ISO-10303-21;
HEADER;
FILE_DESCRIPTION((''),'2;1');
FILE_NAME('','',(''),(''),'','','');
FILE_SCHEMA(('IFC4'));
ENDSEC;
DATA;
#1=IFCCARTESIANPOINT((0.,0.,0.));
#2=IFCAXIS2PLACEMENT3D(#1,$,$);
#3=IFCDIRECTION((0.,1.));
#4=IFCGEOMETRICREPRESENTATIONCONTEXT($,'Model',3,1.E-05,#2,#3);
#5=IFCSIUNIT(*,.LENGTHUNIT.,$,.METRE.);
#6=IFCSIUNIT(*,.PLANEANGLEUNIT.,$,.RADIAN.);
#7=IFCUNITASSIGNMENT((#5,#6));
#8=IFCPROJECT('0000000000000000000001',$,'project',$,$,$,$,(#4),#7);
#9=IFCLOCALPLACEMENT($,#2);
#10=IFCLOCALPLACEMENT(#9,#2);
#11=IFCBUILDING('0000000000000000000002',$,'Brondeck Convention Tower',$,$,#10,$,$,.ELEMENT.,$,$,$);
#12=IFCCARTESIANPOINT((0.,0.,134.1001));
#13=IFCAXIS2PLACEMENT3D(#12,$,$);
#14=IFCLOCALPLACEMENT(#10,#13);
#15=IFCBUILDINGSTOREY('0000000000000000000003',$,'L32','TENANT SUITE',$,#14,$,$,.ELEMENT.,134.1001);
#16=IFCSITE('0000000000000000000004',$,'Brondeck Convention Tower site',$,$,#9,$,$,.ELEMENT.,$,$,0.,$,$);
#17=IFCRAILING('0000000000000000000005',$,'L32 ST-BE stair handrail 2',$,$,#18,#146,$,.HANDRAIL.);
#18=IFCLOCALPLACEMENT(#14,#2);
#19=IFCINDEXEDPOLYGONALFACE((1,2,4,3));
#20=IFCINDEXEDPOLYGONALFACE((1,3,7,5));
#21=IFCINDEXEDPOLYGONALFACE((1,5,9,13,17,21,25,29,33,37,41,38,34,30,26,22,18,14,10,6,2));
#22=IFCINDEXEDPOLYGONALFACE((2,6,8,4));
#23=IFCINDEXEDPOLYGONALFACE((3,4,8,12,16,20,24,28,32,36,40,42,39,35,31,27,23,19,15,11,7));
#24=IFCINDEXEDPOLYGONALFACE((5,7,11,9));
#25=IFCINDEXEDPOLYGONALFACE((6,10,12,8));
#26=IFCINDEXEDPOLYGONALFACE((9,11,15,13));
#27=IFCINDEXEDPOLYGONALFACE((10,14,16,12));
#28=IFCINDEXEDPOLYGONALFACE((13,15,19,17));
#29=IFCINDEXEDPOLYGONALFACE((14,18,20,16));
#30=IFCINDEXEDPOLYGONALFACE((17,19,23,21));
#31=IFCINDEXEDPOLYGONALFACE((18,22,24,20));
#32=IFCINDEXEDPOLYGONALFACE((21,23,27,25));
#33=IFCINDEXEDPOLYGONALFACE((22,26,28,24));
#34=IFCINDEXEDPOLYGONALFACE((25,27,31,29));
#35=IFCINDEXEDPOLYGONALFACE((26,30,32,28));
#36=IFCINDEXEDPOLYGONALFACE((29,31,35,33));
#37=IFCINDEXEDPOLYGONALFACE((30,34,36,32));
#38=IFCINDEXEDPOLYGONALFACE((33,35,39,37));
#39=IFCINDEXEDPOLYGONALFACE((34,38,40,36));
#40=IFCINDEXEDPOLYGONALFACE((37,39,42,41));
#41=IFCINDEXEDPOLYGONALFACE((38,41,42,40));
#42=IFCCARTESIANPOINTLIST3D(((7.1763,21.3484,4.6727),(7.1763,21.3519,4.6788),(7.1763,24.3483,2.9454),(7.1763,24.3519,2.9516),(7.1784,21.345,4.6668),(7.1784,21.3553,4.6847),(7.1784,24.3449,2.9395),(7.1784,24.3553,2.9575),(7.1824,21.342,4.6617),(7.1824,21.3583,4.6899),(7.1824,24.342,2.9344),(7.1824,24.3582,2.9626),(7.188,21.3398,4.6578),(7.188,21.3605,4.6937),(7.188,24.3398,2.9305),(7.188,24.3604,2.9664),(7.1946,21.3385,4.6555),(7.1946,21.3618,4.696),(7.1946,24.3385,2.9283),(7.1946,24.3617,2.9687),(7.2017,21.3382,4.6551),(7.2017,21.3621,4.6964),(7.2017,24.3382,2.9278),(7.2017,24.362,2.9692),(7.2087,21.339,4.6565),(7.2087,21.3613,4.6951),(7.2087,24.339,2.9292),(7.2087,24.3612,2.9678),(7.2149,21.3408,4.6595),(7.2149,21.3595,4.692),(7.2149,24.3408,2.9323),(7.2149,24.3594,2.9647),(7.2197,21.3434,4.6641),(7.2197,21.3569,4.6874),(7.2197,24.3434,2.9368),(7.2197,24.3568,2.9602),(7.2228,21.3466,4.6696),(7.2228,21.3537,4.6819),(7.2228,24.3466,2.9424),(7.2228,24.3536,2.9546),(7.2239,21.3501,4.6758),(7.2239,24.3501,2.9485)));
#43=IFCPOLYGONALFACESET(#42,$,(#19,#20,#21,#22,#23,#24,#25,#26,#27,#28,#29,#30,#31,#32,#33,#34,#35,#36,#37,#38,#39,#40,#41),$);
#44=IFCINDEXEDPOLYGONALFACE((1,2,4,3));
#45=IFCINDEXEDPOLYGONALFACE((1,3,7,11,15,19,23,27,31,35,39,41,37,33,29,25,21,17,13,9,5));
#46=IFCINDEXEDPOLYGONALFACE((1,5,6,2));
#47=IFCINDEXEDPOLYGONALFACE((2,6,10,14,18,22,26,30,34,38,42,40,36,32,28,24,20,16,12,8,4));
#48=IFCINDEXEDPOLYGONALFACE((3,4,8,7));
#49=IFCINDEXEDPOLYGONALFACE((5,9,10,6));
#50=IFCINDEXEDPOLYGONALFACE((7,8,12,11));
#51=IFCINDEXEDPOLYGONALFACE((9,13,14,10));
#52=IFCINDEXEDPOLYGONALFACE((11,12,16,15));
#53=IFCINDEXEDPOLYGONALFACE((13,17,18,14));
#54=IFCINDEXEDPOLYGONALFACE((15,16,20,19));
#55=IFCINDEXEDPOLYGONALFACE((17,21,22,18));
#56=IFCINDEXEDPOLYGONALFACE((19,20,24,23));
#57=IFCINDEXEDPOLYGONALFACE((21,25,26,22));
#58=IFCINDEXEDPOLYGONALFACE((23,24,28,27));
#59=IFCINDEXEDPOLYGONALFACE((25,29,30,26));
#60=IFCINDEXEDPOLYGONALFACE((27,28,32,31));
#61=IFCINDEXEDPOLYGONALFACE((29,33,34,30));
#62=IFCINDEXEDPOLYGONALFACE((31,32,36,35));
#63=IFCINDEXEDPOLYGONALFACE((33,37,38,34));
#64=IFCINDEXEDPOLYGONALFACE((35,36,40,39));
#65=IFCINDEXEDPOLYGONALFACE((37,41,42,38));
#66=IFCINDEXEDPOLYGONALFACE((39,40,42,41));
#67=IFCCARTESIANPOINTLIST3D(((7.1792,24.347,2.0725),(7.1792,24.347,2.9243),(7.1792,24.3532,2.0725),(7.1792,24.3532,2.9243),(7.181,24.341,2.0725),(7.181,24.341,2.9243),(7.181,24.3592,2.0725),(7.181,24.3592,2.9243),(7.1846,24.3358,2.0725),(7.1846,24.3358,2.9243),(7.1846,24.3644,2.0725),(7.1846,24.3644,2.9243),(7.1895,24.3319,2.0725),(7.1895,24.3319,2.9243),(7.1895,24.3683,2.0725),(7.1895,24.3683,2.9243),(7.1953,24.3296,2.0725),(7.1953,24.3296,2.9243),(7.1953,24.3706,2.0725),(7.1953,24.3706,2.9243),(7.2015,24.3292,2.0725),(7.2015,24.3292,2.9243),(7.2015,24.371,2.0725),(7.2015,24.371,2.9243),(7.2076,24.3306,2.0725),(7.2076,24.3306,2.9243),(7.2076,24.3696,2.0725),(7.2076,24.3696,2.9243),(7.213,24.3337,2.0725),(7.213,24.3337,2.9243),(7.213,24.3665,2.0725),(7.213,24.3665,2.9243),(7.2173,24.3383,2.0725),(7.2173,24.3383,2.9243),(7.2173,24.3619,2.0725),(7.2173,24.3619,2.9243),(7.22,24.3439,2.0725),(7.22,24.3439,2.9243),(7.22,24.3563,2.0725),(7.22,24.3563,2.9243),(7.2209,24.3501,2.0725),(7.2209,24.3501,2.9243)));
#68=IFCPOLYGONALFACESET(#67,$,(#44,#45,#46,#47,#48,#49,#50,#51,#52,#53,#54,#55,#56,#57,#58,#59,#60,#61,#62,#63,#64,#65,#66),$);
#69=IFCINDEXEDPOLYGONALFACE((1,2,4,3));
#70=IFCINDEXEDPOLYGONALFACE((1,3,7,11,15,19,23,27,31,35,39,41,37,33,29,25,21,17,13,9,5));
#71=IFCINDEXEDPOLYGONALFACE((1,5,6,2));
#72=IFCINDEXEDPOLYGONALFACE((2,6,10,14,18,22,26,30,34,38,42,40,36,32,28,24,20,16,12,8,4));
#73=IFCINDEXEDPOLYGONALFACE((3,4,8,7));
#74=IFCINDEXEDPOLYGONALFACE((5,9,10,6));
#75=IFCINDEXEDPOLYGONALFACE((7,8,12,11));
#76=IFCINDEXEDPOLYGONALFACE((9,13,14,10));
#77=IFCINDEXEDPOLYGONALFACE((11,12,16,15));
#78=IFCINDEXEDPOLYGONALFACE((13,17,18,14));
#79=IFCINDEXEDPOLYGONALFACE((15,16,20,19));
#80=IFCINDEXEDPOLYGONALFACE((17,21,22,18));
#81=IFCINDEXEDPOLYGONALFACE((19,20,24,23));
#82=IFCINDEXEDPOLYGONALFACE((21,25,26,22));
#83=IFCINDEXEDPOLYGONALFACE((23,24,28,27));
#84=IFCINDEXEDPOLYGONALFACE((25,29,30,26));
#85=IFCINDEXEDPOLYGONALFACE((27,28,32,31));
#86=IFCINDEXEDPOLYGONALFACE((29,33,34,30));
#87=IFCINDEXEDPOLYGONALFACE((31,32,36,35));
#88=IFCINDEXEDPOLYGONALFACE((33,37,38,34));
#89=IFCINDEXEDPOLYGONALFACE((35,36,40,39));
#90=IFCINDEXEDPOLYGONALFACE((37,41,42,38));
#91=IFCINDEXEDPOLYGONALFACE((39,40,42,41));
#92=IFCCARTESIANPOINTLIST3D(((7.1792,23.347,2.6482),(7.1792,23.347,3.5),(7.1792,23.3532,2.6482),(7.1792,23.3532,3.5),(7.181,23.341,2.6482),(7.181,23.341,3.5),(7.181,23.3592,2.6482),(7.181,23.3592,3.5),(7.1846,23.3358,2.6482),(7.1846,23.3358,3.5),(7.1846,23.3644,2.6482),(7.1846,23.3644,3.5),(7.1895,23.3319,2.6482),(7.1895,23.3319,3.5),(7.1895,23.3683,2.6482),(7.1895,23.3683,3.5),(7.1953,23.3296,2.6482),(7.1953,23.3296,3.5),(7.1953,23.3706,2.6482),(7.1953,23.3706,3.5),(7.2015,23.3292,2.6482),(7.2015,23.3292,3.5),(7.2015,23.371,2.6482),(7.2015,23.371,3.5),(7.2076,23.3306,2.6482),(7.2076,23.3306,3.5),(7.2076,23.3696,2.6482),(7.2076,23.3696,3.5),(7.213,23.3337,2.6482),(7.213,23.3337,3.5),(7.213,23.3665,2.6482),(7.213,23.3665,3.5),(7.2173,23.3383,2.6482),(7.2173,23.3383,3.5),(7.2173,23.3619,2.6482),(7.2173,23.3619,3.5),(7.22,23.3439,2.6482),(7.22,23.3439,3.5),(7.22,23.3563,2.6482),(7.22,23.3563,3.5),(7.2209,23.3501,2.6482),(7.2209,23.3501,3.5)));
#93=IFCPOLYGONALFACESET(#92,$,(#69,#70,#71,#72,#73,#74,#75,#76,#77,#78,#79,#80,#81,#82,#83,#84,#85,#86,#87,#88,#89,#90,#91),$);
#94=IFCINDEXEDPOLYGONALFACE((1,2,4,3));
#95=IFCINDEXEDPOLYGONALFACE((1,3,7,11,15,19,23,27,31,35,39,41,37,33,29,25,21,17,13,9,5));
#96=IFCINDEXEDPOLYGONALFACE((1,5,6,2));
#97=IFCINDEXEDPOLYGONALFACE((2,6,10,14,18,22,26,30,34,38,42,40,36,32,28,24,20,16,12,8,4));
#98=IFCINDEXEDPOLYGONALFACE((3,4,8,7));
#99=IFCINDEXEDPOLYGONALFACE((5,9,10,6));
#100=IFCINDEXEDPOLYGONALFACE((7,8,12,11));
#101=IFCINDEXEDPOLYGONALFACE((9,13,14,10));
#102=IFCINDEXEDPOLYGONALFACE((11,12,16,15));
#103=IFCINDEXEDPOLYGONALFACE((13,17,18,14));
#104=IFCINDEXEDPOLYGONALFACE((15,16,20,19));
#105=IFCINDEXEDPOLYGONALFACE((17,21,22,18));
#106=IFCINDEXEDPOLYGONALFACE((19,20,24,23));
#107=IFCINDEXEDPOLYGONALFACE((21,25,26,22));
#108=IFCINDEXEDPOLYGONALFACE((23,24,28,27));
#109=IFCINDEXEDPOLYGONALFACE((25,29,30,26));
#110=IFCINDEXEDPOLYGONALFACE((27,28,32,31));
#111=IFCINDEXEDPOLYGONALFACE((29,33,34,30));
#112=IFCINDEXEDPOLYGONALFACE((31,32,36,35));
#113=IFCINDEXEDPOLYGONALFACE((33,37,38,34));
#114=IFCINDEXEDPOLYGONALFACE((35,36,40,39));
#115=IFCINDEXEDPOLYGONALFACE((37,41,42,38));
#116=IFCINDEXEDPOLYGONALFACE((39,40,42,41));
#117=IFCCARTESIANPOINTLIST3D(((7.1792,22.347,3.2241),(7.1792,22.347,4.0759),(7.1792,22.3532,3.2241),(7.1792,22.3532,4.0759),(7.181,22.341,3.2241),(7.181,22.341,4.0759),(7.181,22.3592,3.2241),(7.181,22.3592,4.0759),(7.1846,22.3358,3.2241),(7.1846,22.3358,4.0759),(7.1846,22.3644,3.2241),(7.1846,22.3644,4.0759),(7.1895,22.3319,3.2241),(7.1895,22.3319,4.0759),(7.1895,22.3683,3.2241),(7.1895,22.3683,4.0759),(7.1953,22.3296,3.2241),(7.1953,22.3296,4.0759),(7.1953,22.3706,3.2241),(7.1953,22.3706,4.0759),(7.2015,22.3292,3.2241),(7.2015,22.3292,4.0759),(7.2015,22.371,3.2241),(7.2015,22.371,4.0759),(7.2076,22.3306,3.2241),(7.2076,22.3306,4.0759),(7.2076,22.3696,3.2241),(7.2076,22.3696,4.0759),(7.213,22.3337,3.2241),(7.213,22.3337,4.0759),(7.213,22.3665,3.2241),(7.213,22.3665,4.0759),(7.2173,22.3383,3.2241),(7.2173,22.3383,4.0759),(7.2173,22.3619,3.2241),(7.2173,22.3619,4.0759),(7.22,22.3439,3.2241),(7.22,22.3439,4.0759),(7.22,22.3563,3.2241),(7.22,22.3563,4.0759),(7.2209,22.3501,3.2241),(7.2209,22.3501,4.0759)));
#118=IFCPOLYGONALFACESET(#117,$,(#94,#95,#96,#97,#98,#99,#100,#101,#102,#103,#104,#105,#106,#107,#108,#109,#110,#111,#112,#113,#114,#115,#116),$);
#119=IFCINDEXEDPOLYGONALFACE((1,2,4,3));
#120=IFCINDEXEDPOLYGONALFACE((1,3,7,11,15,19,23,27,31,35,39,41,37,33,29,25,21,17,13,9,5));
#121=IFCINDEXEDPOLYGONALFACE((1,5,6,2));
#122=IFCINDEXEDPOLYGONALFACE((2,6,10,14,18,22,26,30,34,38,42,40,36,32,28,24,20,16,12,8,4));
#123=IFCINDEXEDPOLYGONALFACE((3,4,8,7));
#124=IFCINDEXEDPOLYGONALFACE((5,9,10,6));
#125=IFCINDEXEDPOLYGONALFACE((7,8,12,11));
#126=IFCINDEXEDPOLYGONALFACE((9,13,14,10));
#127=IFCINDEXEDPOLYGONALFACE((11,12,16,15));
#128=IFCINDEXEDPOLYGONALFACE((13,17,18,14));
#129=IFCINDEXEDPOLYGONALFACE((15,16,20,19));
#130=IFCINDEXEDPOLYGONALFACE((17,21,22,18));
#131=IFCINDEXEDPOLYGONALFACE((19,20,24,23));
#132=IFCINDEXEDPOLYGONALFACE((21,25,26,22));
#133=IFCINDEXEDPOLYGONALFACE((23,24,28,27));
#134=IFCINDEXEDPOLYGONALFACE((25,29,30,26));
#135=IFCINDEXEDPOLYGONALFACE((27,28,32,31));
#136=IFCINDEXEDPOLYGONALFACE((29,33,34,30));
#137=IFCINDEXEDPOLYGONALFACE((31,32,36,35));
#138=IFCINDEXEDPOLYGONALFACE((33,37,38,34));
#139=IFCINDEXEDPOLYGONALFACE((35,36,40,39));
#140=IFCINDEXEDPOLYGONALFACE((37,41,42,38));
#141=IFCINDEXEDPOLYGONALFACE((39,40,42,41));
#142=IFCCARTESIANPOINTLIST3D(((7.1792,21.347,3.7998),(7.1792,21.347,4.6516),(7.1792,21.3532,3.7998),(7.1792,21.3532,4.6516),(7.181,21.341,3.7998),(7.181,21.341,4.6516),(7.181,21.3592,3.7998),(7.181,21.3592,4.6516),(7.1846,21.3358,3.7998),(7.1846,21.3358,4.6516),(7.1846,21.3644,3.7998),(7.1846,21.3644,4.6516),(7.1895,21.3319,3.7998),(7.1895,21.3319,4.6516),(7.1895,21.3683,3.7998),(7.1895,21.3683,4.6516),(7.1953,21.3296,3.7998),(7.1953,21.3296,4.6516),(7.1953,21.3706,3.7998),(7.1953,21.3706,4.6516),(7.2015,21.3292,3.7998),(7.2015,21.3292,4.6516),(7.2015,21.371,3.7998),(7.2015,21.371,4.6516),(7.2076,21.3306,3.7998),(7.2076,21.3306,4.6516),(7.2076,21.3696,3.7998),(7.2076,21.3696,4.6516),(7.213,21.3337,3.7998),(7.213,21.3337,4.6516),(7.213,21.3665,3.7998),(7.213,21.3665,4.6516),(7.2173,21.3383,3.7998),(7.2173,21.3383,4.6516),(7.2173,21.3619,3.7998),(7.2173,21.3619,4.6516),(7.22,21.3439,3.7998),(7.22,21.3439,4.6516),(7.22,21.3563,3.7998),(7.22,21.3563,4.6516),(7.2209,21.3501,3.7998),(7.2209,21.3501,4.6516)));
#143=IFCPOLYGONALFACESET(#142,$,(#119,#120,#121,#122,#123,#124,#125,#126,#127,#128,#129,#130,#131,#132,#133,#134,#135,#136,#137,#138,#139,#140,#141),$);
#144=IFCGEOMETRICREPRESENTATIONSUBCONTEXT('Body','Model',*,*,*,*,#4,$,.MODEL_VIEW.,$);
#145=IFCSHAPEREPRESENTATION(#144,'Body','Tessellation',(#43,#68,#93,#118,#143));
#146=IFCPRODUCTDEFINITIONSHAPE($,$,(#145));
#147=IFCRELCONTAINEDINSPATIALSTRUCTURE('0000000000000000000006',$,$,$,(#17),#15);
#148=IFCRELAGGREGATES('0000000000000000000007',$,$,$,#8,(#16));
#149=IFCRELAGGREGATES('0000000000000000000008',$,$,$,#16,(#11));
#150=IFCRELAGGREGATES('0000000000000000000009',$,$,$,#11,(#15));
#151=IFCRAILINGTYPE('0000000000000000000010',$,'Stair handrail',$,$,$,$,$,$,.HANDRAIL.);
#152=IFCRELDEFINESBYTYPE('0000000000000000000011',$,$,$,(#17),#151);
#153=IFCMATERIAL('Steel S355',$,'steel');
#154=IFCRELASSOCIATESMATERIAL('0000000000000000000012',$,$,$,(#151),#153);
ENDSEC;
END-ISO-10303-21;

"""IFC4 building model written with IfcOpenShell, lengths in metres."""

from ifc_helpers import new_model, si_unit, direction, frame, origin, origin_2d, place, context, subcontext, project, spatial, circle, extrude, material, type_object, element, save


model = new_model("IFC4")

# Units and contexts
model_context = context("Model", 3, precision=1e-05, world=origin(), true_north=direction((0.0, 1.0)))
body_context = subcontext(model_context, "Body", "Model", "MODEL_VIEW")
ifc_project = project(units=[si_unit("LENGTHUNIT", "METRE"), si_unit("PLANEANGLEUNIT", "RADIAN")], contexts=[model_context])

# Site, building, storey
site_placement = place(None, origin())
site = spatial("IfcSite", under=ifc_project, at=site_placement, Name="Brondeck Convention Tower site", CompositionType="ELEMENT", RefElevation=0.0)
building_placement = place(site_placement, origin())
building = spatial("IfcBuilding", under=site, at=building_placement, Name="Brondeck Convention Tower", CompositionType="ELEMENT")
storey_placement = place(building_placement, frame((0.0, 0.0, 134.1001)))
storey = spatial("IfcBuildingStorey", under=building, at=storey_placement, Name="L32", Description="TENANT SUITE", CompositionType="ELEMENT", Elevation=134.1001)

# Shared definitions
ifc_material_1 = material(Name="Steel S355", Category="steel")

# Railing
railing_type_1 = type_object("IfcRailingType", Name="Stair handrail", PredefinedType="HANDRAIL", material=ifc_material_1)
railing_1_placement = place(storey_placement, frame((7.2, 24.3501, 2.0725)))
element("IfcRailing", 1, at=railing_1_placement, inside=storey, type_object=railing_type_1, Name="L32 ST-BE stair handrail 2", PredefinedType="HANDRAIL", context=body_context, shape_type="SweptSolid", body=[
    extrude(circle(Radius=0.0239, at=origin_2d()), frame((0.0, 0.0, 0.876), z_axis=(0.0, -0.86662, 0.498969), x_axis=(1.0, 0.0, 0.0)), (0.0, 0.0, 1.0), 3.4617),
    extrude(circle(Radius=0.021, at=origin_2d()), origin(), (0.0, 0.0, 1.0), 0.8518),
    extrude(circle(Radius=0.021, at=origin_2d()), frame((0.0, -1.0, 0.5757)), (0.0, 0.0, 1.0), 0.8518),
    extrude(circle(Radius=0.021, at=origin_2d()), frame((0.0, -2.0, 1.1516)), (0.0, 0.0, 1.0), 0.8518),
    extrude(circle(Radius=0.021, at=origin_2d()), frame((0.0, -3.0, 1.7273)), (0.0, 0.0, 1.0), 0.8518),
])

save(model, "model.ifc")
